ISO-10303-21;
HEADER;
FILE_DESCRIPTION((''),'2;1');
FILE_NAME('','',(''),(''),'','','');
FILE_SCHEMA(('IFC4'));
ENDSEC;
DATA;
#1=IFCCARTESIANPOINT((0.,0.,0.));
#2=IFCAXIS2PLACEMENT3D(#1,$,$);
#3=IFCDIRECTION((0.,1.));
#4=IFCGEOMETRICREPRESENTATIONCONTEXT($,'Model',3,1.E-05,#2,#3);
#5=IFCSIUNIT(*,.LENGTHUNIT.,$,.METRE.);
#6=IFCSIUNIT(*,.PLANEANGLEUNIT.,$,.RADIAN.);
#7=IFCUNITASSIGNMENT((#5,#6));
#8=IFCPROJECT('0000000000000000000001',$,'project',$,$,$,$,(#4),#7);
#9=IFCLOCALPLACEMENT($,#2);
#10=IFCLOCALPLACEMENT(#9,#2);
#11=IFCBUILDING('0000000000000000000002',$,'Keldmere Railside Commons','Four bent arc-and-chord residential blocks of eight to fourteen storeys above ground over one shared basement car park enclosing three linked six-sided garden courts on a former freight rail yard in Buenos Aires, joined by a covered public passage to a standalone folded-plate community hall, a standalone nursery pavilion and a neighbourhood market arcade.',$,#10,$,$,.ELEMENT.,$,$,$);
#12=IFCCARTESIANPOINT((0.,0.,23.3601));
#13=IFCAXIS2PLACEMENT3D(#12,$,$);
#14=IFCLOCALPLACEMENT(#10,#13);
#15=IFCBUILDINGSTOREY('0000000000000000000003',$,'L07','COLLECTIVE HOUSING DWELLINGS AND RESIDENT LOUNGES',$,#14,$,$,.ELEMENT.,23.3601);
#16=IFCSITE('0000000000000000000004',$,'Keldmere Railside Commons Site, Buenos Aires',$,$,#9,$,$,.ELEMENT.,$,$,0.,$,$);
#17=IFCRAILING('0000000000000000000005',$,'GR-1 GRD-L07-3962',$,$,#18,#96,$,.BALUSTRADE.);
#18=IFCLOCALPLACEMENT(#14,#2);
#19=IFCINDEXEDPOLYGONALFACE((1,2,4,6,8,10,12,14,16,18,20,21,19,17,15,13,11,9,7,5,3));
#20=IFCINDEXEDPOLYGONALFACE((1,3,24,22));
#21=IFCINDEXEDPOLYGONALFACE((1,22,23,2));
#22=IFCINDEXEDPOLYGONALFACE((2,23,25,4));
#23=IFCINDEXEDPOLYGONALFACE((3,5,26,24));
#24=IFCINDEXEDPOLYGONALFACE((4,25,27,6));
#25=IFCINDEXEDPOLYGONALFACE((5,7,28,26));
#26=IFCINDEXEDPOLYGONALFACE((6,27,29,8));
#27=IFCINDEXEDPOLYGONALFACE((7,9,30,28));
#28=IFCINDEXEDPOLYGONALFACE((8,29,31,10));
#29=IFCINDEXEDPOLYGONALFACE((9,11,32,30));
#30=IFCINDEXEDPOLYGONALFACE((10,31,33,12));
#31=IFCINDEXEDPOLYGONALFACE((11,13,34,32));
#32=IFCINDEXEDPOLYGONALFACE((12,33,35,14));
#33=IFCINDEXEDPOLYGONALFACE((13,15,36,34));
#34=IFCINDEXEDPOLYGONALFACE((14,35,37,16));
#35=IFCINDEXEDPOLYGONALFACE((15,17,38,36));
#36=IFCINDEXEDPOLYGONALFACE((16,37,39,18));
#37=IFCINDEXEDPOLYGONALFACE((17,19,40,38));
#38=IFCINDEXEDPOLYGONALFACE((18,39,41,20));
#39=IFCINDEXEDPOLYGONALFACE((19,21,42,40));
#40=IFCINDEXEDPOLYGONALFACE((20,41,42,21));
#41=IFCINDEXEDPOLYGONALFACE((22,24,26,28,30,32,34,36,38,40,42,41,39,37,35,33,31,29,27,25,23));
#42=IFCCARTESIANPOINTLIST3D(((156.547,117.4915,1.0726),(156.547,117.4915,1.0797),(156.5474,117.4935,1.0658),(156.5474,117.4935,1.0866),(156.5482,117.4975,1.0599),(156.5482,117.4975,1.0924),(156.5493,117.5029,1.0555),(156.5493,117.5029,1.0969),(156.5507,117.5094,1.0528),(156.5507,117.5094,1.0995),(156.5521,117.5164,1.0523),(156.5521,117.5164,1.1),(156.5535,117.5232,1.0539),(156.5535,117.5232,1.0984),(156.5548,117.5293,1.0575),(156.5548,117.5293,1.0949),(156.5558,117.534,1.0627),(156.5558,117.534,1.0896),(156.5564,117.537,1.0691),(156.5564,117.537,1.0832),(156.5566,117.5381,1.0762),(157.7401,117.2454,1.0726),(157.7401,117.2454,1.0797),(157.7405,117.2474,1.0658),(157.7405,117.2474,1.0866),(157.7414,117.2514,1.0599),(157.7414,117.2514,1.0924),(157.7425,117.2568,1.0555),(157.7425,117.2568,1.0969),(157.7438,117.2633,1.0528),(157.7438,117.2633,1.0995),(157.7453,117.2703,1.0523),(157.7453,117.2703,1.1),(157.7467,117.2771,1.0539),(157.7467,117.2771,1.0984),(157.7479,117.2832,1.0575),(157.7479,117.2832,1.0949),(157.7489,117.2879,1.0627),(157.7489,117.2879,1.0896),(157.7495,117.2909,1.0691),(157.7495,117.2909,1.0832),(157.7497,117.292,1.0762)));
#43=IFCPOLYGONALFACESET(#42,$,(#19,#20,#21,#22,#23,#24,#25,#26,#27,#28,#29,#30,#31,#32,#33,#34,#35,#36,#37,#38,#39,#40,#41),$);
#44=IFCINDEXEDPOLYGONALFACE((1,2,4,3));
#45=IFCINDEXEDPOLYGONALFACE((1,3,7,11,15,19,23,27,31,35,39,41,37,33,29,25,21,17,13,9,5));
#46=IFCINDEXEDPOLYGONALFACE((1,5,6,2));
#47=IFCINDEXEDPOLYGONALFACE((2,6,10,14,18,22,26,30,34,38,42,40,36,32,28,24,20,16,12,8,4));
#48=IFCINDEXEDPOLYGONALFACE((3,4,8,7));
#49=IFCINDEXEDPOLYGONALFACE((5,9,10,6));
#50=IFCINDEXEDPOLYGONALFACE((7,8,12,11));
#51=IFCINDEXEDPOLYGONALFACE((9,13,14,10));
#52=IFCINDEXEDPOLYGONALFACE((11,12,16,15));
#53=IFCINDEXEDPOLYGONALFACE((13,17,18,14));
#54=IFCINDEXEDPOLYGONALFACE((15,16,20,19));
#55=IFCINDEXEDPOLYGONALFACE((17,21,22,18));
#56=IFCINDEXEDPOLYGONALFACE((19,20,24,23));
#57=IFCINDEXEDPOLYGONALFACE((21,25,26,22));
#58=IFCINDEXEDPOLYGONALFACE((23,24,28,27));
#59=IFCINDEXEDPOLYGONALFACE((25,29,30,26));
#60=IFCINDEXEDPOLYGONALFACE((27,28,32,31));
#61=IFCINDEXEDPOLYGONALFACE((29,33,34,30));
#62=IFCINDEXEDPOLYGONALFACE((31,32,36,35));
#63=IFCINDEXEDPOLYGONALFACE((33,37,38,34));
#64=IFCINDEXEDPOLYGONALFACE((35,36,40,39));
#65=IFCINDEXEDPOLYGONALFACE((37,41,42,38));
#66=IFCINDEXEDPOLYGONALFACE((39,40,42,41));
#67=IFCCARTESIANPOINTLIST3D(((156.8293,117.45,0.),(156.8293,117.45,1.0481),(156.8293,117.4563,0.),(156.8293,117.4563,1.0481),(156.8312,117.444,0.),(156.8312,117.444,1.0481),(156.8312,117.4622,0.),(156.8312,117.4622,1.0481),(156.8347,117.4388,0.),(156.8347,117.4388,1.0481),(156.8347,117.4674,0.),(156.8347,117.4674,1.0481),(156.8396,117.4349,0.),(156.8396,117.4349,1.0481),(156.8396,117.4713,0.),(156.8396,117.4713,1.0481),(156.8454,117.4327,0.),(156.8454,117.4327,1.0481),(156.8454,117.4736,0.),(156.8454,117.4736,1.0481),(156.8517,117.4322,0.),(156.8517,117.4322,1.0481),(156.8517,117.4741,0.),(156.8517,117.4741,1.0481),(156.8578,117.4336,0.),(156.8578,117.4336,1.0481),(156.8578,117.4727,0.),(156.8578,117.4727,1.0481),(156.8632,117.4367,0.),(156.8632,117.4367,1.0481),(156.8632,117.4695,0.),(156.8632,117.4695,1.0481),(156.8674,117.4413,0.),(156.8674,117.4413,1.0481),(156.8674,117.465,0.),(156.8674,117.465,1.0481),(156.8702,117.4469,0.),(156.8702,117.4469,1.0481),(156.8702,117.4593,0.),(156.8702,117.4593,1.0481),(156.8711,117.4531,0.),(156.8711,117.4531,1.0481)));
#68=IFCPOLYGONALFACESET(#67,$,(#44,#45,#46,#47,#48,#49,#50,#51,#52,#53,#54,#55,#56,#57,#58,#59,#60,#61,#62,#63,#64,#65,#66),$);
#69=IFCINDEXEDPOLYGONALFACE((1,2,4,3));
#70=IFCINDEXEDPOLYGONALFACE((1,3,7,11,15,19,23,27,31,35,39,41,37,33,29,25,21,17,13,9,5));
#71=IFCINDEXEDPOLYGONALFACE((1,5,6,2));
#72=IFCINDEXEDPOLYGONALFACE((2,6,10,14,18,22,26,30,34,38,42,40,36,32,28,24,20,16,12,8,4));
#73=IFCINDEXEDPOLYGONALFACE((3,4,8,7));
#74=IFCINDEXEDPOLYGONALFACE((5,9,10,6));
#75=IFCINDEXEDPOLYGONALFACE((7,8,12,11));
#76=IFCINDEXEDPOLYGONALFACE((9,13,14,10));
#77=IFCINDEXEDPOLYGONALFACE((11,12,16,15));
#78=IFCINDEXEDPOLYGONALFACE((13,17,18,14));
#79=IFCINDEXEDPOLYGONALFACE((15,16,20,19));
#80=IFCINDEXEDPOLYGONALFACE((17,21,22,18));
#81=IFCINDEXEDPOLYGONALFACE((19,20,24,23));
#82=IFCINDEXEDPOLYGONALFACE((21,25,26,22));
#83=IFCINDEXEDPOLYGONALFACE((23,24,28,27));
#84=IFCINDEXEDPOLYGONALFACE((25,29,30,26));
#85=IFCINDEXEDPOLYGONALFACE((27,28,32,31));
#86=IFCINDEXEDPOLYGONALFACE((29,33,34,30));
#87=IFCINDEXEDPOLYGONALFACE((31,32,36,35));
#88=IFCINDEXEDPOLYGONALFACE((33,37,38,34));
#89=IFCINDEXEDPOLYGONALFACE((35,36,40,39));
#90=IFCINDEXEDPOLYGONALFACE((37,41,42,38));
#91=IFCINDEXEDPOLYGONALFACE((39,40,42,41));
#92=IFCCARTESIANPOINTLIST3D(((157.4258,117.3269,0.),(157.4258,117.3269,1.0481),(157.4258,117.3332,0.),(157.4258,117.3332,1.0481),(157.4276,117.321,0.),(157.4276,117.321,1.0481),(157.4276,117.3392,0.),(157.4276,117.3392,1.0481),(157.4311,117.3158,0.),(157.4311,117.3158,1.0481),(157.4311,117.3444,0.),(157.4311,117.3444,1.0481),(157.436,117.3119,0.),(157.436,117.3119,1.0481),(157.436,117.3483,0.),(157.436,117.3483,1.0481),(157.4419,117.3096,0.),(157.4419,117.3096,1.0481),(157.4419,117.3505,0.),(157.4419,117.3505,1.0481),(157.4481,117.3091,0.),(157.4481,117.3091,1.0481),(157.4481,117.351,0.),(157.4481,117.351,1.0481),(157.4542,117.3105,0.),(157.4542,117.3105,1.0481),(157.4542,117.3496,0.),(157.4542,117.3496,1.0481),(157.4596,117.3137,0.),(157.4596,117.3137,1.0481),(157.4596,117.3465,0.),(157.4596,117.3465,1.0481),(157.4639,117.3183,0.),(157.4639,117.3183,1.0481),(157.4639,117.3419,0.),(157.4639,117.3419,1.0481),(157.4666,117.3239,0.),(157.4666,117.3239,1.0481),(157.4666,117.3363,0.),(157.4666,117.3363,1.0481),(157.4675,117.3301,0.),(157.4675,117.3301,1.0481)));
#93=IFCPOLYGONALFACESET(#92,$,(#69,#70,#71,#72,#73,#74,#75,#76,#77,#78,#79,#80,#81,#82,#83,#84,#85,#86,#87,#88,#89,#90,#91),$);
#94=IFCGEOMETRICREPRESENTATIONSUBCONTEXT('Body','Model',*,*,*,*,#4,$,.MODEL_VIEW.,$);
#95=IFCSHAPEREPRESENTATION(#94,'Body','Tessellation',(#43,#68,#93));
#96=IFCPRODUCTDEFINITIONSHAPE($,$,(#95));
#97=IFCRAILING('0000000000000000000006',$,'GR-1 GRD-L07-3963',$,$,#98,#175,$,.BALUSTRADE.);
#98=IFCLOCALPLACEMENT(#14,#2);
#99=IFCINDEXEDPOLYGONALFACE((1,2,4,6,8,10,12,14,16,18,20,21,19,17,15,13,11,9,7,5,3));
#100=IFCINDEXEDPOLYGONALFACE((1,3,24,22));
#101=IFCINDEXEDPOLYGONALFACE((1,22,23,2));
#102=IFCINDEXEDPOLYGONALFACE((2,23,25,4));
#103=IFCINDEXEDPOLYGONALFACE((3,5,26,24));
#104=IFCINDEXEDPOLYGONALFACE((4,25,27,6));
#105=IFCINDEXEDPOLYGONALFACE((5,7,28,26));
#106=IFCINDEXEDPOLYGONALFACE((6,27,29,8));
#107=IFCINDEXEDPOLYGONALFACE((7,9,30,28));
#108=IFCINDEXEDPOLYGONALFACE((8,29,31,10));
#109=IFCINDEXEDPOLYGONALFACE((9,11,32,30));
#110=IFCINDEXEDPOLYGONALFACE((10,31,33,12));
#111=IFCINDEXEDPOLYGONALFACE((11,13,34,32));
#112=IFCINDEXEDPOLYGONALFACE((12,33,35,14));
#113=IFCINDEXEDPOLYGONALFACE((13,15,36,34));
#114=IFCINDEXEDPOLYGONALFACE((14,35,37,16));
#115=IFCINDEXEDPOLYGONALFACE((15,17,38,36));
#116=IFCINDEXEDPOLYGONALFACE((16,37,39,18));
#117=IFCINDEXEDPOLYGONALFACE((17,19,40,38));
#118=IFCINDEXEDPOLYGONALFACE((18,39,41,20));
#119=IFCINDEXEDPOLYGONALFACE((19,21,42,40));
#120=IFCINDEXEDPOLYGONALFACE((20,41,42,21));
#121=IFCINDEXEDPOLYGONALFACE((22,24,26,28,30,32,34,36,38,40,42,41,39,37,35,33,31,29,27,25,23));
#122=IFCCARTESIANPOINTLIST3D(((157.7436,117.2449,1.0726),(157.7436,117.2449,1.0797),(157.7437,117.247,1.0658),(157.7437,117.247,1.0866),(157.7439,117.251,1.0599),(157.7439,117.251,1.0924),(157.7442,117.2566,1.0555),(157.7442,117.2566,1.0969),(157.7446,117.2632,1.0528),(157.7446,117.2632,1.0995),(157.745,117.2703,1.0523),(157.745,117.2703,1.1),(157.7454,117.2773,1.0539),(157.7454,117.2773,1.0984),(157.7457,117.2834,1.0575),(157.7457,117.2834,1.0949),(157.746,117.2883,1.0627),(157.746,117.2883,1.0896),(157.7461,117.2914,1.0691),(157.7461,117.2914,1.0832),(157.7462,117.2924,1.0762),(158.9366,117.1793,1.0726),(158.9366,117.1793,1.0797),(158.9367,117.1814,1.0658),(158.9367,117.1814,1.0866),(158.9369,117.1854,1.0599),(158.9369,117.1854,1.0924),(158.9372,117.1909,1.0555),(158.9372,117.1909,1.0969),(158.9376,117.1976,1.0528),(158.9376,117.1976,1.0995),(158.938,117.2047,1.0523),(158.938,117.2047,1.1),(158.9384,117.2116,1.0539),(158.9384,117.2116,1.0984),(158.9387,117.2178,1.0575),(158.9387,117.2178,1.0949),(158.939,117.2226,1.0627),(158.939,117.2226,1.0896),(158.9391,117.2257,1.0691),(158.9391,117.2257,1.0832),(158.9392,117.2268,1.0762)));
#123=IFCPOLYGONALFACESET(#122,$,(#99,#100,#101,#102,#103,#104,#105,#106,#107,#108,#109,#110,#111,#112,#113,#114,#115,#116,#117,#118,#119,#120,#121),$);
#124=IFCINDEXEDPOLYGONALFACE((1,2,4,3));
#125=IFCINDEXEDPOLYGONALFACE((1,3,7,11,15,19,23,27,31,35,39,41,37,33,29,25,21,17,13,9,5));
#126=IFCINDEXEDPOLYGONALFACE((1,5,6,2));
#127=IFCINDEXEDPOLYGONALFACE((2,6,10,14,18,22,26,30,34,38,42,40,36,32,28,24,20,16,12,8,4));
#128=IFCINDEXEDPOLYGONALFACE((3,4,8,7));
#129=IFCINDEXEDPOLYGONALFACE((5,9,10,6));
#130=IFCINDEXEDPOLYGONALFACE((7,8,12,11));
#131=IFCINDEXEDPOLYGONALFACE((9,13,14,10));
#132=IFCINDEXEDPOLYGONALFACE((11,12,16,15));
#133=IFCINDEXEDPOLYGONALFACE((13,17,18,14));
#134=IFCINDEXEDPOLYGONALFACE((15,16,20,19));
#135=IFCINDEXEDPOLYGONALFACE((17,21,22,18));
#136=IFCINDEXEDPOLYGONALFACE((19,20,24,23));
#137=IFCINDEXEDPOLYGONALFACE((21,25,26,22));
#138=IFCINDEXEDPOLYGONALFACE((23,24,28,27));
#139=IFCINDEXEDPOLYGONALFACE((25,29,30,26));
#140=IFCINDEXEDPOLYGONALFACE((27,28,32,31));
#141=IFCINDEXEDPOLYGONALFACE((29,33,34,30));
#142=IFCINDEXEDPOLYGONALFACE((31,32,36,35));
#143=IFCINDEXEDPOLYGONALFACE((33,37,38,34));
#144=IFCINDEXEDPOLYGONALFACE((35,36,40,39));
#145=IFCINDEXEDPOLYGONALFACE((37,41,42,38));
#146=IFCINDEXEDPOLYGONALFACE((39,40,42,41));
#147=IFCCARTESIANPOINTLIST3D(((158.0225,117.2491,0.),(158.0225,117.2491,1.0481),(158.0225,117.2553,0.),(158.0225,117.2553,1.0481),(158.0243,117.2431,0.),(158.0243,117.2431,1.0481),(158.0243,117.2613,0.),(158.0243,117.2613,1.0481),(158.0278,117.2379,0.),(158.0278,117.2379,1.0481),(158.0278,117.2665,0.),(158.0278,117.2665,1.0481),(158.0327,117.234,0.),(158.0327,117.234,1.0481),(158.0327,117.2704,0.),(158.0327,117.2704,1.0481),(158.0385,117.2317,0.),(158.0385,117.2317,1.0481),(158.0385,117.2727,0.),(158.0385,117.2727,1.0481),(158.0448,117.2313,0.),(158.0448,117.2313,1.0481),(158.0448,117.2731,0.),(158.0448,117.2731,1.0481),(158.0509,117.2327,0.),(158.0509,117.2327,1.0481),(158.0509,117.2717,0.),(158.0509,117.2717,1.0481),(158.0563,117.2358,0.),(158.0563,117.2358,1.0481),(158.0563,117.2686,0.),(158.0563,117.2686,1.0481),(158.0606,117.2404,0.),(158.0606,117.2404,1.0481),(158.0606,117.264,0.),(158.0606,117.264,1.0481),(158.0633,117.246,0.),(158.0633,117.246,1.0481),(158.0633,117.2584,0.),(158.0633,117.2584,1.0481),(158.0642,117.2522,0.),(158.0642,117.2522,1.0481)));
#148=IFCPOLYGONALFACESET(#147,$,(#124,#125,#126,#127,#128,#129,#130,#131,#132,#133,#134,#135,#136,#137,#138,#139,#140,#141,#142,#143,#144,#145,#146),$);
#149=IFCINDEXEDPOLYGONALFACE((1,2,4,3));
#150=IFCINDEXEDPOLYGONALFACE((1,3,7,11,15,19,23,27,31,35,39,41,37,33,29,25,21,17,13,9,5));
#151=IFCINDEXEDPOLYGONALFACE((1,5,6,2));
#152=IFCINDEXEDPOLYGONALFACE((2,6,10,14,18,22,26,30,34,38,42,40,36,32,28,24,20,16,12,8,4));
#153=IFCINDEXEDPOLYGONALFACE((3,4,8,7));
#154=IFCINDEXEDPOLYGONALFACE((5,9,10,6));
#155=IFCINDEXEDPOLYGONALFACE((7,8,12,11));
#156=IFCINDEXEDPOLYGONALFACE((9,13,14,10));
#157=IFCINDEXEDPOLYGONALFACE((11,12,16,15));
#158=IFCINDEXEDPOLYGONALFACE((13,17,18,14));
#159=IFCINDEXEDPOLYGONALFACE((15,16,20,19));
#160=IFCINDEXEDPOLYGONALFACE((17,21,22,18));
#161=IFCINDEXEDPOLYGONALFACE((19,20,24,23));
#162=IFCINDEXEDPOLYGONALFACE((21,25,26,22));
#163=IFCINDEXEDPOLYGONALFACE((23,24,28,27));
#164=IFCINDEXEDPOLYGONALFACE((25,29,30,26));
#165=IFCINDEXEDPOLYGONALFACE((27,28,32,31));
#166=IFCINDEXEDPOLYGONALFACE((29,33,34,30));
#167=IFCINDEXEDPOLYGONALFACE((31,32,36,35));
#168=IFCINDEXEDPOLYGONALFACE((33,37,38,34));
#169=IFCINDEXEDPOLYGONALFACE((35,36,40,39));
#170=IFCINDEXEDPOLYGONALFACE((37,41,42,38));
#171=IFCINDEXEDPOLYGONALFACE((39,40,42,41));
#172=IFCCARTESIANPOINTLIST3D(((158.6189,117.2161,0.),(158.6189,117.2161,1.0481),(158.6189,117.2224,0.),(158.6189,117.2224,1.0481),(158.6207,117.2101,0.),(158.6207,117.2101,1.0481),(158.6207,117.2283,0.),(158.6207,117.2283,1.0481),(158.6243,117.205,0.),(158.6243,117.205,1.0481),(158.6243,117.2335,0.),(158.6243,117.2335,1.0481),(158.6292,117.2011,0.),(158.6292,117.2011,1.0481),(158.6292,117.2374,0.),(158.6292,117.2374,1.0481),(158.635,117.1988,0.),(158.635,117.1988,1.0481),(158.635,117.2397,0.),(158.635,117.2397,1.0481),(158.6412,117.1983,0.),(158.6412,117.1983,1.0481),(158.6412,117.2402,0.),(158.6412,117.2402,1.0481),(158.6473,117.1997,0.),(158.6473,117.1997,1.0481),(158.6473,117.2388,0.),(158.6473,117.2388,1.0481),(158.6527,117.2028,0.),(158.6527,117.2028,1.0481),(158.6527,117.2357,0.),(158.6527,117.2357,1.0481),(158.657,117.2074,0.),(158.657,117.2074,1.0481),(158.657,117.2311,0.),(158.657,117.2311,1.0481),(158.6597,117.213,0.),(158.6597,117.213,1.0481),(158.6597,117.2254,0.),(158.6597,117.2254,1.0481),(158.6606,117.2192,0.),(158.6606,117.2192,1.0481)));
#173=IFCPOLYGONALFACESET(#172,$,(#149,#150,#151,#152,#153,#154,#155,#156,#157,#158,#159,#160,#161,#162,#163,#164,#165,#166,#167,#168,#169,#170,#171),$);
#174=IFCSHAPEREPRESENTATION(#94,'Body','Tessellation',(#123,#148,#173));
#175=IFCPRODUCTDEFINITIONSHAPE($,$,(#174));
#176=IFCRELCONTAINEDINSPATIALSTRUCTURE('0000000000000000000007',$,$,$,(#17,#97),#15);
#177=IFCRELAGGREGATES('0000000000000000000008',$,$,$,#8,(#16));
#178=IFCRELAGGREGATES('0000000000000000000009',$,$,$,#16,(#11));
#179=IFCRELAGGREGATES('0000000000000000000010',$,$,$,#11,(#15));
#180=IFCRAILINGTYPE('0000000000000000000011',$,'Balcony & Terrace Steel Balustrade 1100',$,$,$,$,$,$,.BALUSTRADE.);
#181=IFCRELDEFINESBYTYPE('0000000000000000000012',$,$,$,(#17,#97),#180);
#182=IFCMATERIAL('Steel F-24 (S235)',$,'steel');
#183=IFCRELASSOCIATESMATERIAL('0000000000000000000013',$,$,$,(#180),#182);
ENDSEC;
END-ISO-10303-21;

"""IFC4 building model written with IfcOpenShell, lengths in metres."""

from ifc_helpers import new_model, si_unit, direction, frame, origin, origin_2d, place, context, subcontext, project, spatial, circle, extrude, material, type_object, element, save


model = new_model("IFC4")

# Units and contexts
model_context = context("Model", 3, precision=1e-05, world=origin(), true_north=direction((0.0, 1.0)))
body_context = subcontext(model_context, "Body", "Model", "MODEL_VIEW")
ifc_project = project(units=[si_unit("LENGTHUNIT", "METRE"), si_unit("PLANEANGLEUNIT", "RADIAN")], contexts=[model_context])

# Site, building, storey
site_placement = place(None, origin())
site = spatial("IfcSite", under=ifc_project, at=site_placement, Name="Keldmere Railside Commons Site, Buenos Aires", CompositionType="ELEMENT", RefElevation=0.0)
building_placement = place(site_placement, origin())
building = spatial("IfcBuilding", under=site, at=building_placement, Name="Keldmere Railside Commons", Description="Four bent arc-and-chord residential blocks of eight to fourteen storeys above ground over one shared basement car park enclosing three linked six-sided garden courts on a former freight rail yard in Buenos Aires, joined by a covered public passage to a standalone folded-plate community hall, a standalone nursery pavilion and a neighbourhood market arcade.", CompositionType="ELEMENT")
storey_placement = place(building_placement, frame((0.0, 0.0, 23.3601)))
storey = spatial("IfcBuildingStorey", under=building, at=storey_placement, Name="L07", Description="COLLECTIVE HOUSING DWELLINGS AND RESIDENT LOUNGES", CompositionType="ELEMENT", Elevation=23.3601)

# Shared definitions
ifc_material_1 = material(Name="Steel F-24 (S235)", Category="steel")

# Railings
railing_type = type_object("IfcRailingType", Name="Balcony & Terrace Steel Balustrade 1100", PredefinedType="BALUSTRADE", material=ifc_material_1)
railing_1_placement = place(storey_placement, frame((156.5518, 117.5146, 0.0)))
element("IfcRailing", 1, at=railing_1_placement, inside=storey, type_object=railing_type, Name="GR-1 GRD-L07-3962", PredefinedType="BALUSTRADE", context=body_context, shape_type="SweptSolid", body=[
    extrude(circle(Radius=0.0239, at=origin_2d()), frame((0.0, 0.0, 1.0762), z_axis=(0.979384, -0.202009, 0.0), x_axis=(0.202009, 0.979384, 0.0)), (0.0, 0.0, 1.0), 1.2183),
    extrude(circle(Radius=0.021, at=origin_2d()), frame((0.2983, -0.0615, 0.0)), (0.0, 0.0, 1.0), 1.0481),
    extrude(circle(Radius=0.021, at=origin_2d()), frame((0.8948, -0.1846, 0.0)), (0.0, 0.0, 1.0), 1.0481),
])
railing_2_placement = place(storey_placement, frame((157.7449, 117.2686, 0.0)))
element("IfcRailing", 2, at=railing_2_placement, inside=storey, type_object=railing_type, Name="GR-1 GRD-L07-3963", PredefinedType="BALUSTRADE", context=body_context, shape_type="SweptSolid", body=[
    extrude(circle(Radius=0.0239, at=origin_2d()), frame((0.0, 0.0, 1.0762), z_axis=(0.998489, -0.054961, 0.0), x_axis=(0.054961, 0.998489, 0.0)), (0.0, 0.0, 1.0), 1.1948),
    extrude(circle(Radius=0.021, at=origin_2d()), frame((0.2983, -0.0164, 0.0)), (0.0, 0.0, 1.0), 1.0481),
    extrude(circle(Radius=0.021, at=origin_2d()), frame((0.8948, -0.0493, 0.0)), (0.0, 0.0, 1.0), 1.0481),
])

save(model, "model.ifc")
